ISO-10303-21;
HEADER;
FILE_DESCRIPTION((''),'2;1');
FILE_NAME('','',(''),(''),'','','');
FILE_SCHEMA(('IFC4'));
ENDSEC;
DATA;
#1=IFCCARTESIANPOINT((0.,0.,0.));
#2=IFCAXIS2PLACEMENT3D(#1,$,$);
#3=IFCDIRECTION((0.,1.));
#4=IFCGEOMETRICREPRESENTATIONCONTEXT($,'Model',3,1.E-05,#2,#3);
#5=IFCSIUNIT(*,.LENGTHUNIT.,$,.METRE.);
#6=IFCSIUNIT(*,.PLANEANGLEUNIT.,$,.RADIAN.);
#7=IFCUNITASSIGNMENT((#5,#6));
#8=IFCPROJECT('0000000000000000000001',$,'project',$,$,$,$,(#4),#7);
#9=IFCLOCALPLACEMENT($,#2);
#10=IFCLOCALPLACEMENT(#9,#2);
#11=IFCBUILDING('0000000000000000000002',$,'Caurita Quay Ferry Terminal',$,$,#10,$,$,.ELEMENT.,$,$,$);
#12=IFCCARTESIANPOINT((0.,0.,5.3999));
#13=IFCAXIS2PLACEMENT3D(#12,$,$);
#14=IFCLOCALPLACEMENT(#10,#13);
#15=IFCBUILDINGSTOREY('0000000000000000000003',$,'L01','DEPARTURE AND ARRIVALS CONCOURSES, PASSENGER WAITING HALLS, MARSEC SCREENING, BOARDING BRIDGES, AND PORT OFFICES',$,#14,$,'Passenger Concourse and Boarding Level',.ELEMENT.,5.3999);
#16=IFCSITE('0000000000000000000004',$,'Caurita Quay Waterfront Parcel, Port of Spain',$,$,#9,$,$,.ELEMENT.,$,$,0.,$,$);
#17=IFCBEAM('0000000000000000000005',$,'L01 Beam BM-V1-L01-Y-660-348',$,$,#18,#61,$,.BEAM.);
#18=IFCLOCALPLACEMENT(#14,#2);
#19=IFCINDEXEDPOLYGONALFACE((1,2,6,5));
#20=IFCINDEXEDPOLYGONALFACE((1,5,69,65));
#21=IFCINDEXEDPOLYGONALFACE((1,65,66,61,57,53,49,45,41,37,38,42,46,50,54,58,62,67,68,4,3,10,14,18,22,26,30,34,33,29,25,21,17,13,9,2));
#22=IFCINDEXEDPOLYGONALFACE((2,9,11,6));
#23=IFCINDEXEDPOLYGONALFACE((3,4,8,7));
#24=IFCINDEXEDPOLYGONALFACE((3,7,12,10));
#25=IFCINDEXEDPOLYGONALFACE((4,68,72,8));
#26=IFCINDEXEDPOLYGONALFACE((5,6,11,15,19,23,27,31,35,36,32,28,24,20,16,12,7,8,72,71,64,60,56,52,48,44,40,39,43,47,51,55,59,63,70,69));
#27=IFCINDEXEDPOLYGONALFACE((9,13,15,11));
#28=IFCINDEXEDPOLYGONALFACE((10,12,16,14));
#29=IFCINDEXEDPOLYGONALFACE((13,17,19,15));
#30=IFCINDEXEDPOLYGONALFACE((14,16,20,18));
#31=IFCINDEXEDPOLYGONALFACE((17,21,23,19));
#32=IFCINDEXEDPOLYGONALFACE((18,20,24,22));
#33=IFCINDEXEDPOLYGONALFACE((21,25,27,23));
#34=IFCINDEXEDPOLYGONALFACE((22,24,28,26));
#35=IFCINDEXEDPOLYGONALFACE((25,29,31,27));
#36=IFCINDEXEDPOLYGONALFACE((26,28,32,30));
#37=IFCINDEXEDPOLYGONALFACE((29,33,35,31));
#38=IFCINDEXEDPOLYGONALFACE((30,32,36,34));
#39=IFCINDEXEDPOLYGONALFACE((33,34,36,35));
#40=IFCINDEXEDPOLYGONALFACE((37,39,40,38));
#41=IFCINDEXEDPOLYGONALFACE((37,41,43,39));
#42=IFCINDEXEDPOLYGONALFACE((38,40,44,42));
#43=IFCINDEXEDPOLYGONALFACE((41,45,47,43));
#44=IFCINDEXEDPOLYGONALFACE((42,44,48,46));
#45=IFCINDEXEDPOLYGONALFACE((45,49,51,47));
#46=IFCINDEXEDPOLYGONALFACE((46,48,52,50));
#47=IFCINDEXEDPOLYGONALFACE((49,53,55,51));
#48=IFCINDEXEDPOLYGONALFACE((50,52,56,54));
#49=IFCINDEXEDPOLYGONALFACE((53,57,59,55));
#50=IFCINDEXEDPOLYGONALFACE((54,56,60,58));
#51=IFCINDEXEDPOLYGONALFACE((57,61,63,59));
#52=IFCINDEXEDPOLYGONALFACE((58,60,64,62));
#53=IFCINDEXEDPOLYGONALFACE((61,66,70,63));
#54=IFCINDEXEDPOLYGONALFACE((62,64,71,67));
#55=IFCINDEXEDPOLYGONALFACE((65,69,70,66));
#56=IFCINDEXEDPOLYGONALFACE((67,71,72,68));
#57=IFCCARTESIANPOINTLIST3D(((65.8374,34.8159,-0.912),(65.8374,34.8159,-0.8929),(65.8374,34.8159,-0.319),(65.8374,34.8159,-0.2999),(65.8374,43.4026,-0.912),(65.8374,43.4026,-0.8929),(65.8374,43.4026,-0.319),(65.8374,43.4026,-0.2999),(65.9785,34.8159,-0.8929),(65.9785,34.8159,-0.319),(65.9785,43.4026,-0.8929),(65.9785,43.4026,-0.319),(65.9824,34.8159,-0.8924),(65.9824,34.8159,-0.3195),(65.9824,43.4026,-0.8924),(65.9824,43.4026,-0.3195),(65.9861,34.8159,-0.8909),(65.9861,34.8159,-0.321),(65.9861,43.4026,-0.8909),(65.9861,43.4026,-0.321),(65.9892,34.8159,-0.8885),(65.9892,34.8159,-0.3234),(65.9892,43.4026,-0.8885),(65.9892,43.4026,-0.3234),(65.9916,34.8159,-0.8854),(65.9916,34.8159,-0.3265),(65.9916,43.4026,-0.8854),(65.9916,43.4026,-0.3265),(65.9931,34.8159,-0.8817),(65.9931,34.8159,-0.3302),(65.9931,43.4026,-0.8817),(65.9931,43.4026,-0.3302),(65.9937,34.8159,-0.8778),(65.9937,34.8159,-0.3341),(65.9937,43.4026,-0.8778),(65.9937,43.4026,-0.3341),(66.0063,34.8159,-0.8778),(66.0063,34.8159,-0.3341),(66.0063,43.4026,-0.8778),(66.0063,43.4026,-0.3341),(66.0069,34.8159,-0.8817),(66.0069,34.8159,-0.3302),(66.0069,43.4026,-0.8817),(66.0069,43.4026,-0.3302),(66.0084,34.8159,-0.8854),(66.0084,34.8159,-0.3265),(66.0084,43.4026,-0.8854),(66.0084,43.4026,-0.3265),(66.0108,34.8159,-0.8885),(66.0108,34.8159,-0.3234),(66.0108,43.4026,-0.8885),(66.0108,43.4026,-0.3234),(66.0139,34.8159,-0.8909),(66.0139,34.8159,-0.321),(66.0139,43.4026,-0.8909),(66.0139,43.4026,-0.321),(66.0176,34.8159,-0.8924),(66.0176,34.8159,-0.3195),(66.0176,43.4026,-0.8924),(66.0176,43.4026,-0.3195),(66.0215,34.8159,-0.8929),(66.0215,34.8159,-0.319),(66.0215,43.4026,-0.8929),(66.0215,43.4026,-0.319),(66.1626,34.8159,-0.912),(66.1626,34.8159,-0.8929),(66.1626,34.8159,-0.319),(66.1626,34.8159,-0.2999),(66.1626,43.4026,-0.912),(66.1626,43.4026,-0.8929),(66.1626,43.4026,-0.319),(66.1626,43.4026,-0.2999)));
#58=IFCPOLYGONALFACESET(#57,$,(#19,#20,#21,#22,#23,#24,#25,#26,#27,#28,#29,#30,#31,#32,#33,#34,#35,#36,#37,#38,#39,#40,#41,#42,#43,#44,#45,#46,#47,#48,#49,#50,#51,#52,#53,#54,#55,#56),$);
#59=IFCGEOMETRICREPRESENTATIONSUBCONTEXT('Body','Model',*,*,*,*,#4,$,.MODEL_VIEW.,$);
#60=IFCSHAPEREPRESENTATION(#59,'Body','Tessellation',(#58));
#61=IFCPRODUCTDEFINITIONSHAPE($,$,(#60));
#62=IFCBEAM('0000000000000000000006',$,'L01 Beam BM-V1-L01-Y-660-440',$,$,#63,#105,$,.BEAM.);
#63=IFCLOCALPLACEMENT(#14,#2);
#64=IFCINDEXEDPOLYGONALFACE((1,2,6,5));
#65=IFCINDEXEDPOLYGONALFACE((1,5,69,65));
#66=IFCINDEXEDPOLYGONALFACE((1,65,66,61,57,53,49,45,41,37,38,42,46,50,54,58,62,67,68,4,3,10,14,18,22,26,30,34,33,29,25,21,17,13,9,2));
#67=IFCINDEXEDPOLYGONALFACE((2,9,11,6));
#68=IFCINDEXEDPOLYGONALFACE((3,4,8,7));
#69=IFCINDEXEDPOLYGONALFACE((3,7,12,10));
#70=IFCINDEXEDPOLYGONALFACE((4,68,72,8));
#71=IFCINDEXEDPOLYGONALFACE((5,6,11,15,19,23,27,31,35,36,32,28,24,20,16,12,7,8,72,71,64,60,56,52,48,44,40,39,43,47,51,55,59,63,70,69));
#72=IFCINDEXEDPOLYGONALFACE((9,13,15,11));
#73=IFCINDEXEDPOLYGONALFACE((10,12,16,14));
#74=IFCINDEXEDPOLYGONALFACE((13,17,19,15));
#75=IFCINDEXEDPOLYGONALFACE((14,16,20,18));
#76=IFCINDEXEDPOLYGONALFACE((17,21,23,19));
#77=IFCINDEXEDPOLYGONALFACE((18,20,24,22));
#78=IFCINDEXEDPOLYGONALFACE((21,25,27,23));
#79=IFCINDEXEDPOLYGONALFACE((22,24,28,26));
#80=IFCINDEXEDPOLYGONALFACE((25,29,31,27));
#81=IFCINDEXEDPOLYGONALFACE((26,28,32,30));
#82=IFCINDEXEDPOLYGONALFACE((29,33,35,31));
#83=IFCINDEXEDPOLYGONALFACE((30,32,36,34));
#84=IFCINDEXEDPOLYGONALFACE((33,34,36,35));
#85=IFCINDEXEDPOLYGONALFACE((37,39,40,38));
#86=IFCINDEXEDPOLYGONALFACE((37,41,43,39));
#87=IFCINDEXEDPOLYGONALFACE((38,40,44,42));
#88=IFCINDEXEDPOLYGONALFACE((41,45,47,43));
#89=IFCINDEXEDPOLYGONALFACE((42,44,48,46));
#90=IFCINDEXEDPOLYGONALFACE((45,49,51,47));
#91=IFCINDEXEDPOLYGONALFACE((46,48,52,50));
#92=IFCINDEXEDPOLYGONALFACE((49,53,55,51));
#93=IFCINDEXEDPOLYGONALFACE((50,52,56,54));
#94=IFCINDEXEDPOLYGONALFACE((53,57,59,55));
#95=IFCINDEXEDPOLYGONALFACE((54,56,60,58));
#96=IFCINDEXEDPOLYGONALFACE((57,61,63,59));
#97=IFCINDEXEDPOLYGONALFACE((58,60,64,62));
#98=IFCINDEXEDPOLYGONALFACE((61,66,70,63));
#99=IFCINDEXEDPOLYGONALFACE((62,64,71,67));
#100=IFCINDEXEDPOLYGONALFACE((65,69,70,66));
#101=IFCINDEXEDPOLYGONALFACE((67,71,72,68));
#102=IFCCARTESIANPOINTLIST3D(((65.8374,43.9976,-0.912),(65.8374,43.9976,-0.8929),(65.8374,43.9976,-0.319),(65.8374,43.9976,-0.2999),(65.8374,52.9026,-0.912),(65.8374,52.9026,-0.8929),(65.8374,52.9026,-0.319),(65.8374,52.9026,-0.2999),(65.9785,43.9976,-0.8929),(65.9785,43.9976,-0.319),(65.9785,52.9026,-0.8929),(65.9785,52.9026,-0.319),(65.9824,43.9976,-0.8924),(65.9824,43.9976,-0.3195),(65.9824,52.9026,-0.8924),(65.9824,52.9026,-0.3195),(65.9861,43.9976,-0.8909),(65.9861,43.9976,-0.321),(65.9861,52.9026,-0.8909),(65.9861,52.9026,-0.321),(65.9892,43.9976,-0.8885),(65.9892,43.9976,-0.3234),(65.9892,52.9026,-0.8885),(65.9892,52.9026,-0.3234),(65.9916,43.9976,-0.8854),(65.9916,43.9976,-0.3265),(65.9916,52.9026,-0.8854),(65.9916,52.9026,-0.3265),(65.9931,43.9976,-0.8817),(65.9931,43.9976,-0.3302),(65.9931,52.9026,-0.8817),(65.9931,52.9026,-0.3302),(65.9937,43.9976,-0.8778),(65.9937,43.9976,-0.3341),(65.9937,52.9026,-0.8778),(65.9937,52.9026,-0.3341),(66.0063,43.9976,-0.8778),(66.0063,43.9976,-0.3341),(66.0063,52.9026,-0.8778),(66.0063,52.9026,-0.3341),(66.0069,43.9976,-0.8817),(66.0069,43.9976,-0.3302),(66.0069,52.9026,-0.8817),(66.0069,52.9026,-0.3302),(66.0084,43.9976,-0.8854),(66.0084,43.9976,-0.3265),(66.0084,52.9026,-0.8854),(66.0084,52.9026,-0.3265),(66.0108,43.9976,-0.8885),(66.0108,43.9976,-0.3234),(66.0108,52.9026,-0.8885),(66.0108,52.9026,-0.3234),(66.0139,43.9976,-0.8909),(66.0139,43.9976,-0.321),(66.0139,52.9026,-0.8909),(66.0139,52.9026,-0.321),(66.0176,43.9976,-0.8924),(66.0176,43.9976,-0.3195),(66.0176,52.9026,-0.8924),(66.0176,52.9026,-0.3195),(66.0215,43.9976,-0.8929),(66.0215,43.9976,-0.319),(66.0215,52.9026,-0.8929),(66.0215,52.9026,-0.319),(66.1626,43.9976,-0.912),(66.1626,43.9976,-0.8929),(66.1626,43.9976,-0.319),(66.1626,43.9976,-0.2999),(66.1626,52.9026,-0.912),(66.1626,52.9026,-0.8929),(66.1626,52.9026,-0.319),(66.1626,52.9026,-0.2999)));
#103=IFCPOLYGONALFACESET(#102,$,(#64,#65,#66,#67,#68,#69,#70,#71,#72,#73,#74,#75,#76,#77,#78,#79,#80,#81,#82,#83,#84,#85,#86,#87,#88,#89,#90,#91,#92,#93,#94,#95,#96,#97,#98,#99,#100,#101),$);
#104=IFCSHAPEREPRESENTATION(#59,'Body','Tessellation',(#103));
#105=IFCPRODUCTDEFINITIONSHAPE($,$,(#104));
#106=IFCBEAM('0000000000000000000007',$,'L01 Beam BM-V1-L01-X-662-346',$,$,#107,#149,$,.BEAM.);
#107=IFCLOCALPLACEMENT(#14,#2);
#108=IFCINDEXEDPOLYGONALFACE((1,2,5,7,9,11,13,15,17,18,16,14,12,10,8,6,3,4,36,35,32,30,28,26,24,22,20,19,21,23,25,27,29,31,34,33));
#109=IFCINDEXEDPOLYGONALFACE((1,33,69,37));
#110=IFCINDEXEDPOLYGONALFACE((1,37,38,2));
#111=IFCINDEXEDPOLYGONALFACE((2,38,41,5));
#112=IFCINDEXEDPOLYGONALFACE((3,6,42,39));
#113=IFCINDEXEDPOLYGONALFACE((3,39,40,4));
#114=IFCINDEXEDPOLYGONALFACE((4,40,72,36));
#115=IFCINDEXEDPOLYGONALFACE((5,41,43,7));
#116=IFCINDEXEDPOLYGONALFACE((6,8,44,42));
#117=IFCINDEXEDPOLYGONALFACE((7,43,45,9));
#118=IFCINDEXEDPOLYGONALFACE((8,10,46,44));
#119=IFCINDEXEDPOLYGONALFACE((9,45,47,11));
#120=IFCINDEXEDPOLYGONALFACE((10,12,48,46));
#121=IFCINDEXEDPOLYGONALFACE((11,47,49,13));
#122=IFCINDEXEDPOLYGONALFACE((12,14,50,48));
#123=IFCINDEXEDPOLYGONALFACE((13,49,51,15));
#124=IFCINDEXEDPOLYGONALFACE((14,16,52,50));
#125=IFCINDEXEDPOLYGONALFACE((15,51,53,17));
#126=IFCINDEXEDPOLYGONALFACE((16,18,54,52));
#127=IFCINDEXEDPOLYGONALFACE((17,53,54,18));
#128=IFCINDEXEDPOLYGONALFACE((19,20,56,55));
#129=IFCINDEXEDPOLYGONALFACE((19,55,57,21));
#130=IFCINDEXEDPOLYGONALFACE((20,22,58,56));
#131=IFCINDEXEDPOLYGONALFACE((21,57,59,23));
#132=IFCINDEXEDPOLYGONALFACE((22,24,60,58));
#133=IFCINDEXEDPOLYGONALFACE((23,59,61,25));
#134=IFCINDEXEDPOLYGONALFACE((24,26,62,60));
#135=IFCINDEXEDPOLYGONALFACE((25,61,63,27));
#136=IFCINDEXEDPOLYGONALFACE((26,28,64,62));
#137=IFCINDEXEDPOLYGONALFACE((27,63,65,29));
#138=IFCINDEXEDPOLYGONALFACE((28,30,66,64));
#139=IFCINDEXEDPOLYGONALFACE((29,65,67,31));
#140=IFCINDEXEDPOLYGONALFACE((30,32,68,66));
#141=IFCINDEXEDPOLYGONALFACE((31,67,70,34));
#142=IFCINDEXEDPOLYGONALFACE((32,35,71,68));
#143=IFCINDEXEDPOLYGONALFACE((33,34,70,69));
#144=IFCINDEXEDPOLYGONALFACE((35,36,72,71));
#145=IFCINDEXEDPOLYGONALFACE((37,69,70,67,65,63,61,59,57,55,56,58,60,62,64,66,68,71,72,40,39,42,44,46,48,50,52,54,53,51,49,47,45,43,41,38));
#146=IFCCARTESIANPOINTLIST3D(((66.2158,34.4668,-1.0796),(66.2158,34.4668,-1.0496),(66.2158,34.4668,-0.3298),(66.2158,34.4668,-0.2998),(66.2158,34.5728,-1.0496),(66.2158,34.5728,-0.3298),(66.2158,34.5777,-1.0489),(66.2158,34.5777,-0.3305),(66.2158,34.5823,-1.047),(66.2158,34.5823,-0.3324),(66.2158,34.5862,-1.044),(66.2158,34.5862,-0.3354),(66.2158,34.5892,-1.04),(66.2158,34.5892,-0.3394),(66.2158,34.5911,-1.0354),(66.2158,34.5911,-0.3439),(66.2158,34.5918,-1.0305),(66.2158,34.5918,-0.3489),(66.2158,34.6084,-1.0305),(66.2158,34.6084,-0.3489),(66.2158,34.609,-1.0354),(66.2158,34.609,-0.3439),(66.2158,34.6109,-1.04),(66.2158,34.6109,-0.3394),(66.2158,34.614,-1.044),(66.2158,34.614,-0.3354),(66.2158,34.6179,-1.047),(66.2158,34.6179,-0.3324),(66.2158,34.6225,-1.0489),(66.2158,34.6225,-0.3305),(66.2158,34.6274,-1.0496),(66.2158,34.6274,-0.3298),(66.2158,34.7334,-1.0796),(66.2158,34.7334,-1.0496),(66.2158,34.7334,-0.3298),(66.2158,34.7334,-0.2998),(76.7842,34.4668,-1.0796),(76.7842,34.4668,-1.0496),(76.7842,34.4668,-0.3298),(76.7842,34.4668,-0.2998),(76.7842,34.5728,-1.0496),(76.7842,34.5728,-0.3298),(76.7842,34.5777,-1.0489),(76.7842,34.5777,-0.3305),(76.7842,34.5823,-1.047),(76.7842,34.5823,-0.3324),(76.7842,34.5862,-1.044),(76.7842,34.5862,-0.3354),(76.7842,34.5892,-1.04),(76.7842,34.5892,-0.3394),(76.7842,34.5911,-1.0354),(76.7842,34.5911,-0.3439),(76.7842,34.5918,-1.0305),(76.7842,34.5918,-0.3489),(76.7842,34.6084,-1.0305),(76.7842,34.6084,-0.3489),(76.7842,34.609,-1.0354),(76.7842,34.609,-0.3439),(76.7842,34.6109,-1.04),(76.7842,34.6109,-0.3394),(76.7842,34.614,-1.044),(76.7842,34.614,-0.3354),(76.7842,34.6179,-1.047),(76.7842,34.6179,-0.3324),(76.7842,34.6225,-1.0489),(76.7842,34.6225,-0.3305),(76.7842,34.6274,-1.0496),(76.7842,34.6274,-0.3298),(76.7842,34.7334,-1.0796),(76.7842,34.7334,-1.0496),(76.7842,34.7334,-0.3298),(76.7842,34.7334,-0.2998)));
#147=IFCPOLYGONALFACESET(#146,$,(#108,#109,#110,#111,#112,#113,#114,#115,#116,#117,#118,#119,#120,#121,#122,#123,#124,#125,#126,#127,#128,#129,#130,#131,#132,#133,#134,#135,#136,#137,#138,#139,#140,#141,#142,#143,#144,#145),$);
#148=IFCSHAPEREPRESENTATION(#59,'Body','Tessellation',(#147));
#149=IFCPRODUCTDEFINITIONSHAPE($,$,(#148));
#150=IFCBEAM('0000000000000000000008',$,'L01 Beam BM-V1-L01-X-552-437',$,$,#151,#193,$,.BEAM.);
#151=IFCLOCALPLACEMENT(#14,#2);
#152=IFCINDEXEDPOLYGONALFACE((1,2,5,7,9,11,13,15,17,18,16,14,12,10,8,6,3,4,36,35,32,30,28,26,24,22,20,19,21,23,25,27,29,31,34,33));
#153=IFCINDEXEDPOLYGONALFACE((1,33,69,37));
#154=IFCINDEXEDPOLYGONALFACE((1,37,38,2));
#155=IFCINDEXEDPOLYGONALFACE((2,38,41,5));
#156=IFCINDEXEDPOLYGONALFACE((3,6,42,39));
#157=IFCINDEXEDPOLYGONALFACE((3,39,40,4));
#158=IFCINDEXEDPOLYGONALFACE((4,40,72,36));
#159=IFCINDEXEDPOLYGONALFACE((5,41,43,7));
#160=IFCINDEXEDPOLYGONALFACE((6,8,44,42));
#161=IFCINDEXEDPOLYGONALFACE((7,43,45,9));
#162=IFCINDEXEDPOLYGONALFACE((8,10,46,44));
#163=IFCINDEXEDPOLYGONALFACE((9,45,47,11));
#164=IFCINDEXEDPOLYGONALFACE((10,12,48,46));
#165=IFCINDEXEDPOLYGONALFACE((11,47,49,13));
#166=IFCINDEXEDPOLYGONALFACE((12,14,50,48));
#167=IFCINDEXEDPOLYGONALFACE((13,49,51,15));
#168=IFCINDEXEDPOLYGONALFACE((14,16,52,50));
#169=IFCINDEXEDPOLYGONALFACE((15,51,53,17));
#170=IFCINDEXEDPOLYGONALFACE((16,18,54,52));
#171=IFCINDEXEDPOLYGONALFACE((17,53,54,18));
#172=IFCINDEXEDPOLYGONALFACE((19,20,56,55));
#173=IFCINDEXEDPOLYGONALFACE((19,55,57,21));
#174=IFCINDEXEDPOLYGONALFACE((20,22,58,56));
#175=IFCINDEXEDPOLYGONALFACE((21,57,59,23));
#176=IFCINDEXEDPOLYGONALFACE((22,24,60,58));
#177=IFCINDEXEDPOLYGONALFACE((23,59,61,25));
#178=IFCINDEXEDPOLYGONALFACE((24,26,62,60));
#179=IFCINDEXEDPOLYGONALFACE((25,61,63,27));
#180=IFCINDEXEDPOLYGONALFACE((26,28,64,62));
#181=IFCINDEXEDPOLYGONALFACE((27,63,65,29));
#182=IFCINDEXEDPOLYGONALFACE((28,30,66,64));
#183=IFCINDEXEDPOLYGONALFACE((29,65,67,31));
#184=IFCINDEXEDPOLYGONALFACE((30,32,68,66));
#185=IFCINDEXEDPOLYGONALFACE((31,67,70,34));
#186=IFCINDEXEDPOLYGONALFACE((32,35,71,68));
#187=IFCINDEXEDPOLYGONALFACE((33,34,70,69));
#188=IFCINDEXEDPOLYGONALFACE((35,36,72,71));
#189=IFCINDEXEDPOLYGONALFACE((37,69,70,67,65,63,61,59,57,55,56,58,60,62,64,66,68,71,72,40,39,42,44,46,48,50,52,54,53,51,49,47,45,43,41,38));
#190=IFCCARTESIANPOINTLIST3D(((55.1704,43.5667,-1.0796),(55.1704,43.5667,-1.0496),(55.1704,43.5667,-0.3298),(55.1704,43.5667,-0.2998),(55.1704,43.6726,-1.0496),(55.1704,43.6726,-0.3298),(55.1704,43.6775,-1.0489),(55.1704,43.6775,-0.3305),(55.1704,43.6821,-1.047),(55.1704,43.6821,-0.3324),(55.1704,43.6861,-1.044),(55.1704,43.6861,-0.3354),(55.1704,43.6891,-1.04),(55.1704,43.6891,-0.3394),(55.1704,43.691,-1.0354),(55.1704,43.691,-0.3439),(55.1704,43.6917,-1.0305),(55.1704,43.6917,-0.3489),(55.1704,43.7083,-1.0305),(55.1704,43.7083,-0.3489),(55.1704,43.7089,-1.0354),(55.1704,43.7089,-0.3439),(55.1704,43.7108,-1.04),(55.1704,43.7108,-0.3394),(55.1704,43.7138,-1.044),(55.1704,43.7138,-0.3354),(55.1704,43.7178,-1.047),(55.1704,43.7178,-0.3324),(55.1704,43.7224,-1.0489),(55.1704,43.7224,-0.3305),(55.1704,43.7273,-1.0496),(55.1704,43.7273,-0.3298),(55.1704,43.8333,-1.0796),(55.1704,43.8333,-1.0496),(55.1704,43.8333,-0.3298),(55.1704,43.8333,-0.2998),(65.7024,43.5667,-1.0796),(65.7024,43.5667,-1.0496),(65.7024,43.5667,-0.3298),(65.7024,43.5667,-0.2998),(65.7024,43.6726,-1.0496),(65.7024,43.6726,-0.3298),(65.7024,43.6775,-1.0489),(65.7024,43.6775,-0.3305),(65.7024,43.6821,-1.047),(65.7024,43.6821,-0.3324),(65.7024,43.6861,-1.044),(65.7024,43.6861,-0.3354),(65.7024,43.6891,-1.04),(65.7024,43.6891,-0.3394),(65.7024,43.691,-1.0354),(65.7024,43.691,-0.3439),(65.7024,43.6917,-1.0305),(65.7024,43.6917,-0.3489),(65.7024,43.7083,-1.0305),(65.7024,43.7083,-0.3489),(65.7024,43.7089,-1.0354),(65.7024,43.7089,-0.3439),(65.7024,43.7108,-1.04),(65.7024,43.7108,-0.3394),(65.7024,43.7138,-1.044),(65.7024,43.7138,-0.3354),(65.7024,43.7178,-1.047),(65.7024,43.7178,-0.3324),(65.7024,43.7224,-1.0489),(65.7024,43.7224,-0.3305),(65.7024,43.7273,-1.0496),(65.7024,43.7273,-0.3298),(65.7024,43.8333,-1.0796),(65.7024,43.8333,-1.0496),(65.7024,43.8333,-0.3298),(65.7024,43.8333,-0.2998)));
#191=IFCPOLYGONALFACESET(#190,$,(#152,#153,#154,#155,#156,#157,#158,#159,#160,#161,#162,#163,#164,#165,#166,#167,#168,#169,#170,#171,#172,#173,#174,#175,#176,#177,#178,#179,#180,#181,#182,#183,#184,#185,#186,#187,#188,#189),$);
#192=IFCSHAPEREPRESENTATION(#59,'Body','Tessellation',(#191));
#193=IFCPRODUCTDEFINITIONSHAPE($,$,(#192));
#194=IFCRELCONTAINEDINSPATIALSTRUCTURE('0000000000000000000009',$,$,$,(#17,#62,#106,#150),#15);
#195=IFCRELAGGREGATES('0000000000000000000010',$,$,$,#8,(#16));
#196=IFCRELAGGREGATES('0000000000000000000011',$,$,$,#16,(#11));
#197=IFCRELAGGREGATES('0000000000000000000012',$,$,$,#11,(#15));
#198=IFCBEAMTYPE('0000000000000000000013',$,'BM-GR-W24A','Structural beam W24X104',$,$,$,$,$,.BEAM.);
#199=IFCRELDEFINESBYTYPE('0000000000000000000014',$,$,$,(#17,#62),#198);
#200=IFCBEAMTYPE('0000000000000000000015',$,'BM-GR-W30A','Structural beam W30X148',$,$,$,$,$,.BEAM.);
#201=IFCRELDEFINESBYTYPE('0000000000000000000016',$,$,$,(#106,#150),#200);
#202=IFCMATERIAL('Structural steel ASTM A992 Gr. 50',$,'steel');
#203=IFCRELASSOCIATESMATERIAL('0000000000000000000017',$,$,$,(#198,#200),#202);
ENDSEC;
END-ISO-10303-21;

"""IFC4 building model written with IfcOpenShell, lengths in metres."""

from ifc_helpers import new_model, si_unit, direction, frame, origin, origin_2d, place, context, subcontext, project, spatial, i_section, extrude, material, material_profile, profile_set, type_object, element, save


model = new_model("IFC4")

# Units and contexts
model_context = context("Model", 3, precision=1e-05, world=origin(), true_north=direction((0.0, 1.0)))
body_context = subcontext(model_context, "Body", "Model", "MODEL_VIEW")
ifc_project = project(units=[si_unit("LENGTHUNIT", "METRE"), si_unit("PLANEANGLEUNIT", "RADIAN")], contexts=[model_context])

# Site, building, storey
site_placement = place(None, origin())
site = spatial("IfcSite", under=ifc_project, at=site_placement, Name="Caurita Quay Waterfront Parcel, Port of Spain", CompositionType="ELEMENT", RefElevation=0.0)
building_placement = place(site_placement, origin())
building = spatial("IfcBuilding", under=site, at=building_placement, Name="Caurita Quay Ferry Terminal", CompositionType="ELEMENT")
storey_placement = place(building_placement, frame((0.0, 0.0, 5.3999)))
storey = spatial("IfcBuildingStorey", under=building, at=storey_placement, Name="L01", Description="DEPARTURE AND ARRIVALS CONCOURSES, PASSENGER WAITING HALLS, MARSEC SCREENING, BOARDING BRIDGES, AND PORT OFFICES", LongName="Passenger Concourse and Boarding Level", CompositionType="ELEMENT", Elevation=5.3999)

# Beams
ifc_material_1 = material(Name="Structural steel ASTM A992 Gr. 50", Category="steel")
ifc_material_profile_1 = material_profile(ifc_material_1, i_section(OverallWidth=0.3252, OverallDepth=0.6121, WebThickness=0.0127, FlangeThickness=0.019, FilletRadius=0.0151, at=origin_2d()), Name="W24X104")
ifc_profile_set_1 = profile_set([ifc_material_profile_1], Name="Structural steel ASTM A992 Gr. 50")
beam_type_1 = type_object("IfcBeamType", Name="BM-GR-W24A", Description="Structural beam W24X104", PredefinedType="BEAM", material=ifc_profile_set_1)
beam_1_placement = place(storey_placement, frame((66.0, 34.8159, -0.606), z_axis=(0.0, 1.0, 0.0), x_axis=(-1.0, 0.0, 0.0)))
element("IfcBeam", 1, at=beam_1_placement, inside=storey, type_object=beam_type_1, Name="L01 Beam BM-V1-L01-Y-660-348", PredefinedType="BEAM", context=body_context, shape_type="SweptSolid", body=[
    extrude(i_section(OverallWidth=0.3252, OverallDepth=0.6121, WebThickness=0.0127, FlangeThickness=0.019, FilletRadius=0.0151, at=origin_2d()), origin(), (0.0, 0.0, 1.0), 8.5867),
])
beam_2_placement = place(storey_placement, frame((66.0, 43.9976, -0.606), z_axis=(0.0, 1.0, 0.0), x_axis=(-1.0, 0.0, 0.0)))
element("IfcBeam", 2, at=beam_2_placement, inside=storey, type_object=beam_type_1, Name="L01 Beam BM-V1-L01-Y-660-440", PredefinedType="BEAM", context=body_context, shape_type="SweptSolid", body=[
    extrude(i_section(OverallWidth=0.3252, OverallDepth=0.6121, WebThickness=0.0127, FlangeThickness=0.019, FilletRadius=0.0151, at=origin_2d()), origin(), (0.0, 0.0, 1.0), 8.905),
])
ifc_material_profile_2 = material_profile(ifc_material_1, i_section(OverallWidth=0.2666, OverallDepth=0.7798, WebThickness=0.0166, FlangeThickness=0.03, FilletRadius=0.019, at=origin_2d()), Name="W30X148")
ifc_profile_set_2 = profile_set([ifc_material_profile_2], Name="Structural steel ASTM A992 Gr. 50")
beam_type_2 = type_object("IfcBeamType", Name="BM-GR-W30A", Description="Structural beam W30X148", PredefinedType="BEAM", material=ifc_profile_set_2)
beam_3_placement = place(storey_placement, frame((66.2158, 34.6001, -0.6897), z_axis=(1.0, 0.0, 0.0), x_axis=(0.0, 1.0, 0.0)))
element("IfcBeam", 3, at=beam_3_placement, inside=storey, type_object=beam_type_2, Name="L01 Beam BM-V1-L01-X-662-346", PredefinedType="BEAM", context=body_context, shape_type="SweptSolid", body=[
    extrude(i_section(OverallWidth=0.2666, OverallDepth=0.7798, WebThickness=0.0166, FlangeThickness=0.03, FilletRadius=0.019, at=origin_2d()), origin(), (0.0, 0.0, 1.0), 10.5684),
])
for number, where, z_axis, x_axis, name in (
    (4, (55.1704, 43.7, -0.6897), (1.0, 0.0, 0.0), (0.0, 1.0, 0.0), "L01 Beam BM-V1-L01-X-552-437"),
):
    element("IfcBeam", number, at=place(storey_placement, frame(where, z_axis=z_axis, x_axis=x_axis)), inside=storey, type_object=beam_type_2, Name=name, PredefinedType="BEAM", context=body_context, shape_type="SweptSolid", body=[
        extrude(i_section(OverallWidth=0.2666, OverallDepth=0.7798, WebThickness=0.0166, FlangeThickness=0.03, FilletRadius=0.019, at=origin_2d()), origin(), (0.0, 0.0, 1.0), 10.532),
    ])

save(model, "model.ifc")
